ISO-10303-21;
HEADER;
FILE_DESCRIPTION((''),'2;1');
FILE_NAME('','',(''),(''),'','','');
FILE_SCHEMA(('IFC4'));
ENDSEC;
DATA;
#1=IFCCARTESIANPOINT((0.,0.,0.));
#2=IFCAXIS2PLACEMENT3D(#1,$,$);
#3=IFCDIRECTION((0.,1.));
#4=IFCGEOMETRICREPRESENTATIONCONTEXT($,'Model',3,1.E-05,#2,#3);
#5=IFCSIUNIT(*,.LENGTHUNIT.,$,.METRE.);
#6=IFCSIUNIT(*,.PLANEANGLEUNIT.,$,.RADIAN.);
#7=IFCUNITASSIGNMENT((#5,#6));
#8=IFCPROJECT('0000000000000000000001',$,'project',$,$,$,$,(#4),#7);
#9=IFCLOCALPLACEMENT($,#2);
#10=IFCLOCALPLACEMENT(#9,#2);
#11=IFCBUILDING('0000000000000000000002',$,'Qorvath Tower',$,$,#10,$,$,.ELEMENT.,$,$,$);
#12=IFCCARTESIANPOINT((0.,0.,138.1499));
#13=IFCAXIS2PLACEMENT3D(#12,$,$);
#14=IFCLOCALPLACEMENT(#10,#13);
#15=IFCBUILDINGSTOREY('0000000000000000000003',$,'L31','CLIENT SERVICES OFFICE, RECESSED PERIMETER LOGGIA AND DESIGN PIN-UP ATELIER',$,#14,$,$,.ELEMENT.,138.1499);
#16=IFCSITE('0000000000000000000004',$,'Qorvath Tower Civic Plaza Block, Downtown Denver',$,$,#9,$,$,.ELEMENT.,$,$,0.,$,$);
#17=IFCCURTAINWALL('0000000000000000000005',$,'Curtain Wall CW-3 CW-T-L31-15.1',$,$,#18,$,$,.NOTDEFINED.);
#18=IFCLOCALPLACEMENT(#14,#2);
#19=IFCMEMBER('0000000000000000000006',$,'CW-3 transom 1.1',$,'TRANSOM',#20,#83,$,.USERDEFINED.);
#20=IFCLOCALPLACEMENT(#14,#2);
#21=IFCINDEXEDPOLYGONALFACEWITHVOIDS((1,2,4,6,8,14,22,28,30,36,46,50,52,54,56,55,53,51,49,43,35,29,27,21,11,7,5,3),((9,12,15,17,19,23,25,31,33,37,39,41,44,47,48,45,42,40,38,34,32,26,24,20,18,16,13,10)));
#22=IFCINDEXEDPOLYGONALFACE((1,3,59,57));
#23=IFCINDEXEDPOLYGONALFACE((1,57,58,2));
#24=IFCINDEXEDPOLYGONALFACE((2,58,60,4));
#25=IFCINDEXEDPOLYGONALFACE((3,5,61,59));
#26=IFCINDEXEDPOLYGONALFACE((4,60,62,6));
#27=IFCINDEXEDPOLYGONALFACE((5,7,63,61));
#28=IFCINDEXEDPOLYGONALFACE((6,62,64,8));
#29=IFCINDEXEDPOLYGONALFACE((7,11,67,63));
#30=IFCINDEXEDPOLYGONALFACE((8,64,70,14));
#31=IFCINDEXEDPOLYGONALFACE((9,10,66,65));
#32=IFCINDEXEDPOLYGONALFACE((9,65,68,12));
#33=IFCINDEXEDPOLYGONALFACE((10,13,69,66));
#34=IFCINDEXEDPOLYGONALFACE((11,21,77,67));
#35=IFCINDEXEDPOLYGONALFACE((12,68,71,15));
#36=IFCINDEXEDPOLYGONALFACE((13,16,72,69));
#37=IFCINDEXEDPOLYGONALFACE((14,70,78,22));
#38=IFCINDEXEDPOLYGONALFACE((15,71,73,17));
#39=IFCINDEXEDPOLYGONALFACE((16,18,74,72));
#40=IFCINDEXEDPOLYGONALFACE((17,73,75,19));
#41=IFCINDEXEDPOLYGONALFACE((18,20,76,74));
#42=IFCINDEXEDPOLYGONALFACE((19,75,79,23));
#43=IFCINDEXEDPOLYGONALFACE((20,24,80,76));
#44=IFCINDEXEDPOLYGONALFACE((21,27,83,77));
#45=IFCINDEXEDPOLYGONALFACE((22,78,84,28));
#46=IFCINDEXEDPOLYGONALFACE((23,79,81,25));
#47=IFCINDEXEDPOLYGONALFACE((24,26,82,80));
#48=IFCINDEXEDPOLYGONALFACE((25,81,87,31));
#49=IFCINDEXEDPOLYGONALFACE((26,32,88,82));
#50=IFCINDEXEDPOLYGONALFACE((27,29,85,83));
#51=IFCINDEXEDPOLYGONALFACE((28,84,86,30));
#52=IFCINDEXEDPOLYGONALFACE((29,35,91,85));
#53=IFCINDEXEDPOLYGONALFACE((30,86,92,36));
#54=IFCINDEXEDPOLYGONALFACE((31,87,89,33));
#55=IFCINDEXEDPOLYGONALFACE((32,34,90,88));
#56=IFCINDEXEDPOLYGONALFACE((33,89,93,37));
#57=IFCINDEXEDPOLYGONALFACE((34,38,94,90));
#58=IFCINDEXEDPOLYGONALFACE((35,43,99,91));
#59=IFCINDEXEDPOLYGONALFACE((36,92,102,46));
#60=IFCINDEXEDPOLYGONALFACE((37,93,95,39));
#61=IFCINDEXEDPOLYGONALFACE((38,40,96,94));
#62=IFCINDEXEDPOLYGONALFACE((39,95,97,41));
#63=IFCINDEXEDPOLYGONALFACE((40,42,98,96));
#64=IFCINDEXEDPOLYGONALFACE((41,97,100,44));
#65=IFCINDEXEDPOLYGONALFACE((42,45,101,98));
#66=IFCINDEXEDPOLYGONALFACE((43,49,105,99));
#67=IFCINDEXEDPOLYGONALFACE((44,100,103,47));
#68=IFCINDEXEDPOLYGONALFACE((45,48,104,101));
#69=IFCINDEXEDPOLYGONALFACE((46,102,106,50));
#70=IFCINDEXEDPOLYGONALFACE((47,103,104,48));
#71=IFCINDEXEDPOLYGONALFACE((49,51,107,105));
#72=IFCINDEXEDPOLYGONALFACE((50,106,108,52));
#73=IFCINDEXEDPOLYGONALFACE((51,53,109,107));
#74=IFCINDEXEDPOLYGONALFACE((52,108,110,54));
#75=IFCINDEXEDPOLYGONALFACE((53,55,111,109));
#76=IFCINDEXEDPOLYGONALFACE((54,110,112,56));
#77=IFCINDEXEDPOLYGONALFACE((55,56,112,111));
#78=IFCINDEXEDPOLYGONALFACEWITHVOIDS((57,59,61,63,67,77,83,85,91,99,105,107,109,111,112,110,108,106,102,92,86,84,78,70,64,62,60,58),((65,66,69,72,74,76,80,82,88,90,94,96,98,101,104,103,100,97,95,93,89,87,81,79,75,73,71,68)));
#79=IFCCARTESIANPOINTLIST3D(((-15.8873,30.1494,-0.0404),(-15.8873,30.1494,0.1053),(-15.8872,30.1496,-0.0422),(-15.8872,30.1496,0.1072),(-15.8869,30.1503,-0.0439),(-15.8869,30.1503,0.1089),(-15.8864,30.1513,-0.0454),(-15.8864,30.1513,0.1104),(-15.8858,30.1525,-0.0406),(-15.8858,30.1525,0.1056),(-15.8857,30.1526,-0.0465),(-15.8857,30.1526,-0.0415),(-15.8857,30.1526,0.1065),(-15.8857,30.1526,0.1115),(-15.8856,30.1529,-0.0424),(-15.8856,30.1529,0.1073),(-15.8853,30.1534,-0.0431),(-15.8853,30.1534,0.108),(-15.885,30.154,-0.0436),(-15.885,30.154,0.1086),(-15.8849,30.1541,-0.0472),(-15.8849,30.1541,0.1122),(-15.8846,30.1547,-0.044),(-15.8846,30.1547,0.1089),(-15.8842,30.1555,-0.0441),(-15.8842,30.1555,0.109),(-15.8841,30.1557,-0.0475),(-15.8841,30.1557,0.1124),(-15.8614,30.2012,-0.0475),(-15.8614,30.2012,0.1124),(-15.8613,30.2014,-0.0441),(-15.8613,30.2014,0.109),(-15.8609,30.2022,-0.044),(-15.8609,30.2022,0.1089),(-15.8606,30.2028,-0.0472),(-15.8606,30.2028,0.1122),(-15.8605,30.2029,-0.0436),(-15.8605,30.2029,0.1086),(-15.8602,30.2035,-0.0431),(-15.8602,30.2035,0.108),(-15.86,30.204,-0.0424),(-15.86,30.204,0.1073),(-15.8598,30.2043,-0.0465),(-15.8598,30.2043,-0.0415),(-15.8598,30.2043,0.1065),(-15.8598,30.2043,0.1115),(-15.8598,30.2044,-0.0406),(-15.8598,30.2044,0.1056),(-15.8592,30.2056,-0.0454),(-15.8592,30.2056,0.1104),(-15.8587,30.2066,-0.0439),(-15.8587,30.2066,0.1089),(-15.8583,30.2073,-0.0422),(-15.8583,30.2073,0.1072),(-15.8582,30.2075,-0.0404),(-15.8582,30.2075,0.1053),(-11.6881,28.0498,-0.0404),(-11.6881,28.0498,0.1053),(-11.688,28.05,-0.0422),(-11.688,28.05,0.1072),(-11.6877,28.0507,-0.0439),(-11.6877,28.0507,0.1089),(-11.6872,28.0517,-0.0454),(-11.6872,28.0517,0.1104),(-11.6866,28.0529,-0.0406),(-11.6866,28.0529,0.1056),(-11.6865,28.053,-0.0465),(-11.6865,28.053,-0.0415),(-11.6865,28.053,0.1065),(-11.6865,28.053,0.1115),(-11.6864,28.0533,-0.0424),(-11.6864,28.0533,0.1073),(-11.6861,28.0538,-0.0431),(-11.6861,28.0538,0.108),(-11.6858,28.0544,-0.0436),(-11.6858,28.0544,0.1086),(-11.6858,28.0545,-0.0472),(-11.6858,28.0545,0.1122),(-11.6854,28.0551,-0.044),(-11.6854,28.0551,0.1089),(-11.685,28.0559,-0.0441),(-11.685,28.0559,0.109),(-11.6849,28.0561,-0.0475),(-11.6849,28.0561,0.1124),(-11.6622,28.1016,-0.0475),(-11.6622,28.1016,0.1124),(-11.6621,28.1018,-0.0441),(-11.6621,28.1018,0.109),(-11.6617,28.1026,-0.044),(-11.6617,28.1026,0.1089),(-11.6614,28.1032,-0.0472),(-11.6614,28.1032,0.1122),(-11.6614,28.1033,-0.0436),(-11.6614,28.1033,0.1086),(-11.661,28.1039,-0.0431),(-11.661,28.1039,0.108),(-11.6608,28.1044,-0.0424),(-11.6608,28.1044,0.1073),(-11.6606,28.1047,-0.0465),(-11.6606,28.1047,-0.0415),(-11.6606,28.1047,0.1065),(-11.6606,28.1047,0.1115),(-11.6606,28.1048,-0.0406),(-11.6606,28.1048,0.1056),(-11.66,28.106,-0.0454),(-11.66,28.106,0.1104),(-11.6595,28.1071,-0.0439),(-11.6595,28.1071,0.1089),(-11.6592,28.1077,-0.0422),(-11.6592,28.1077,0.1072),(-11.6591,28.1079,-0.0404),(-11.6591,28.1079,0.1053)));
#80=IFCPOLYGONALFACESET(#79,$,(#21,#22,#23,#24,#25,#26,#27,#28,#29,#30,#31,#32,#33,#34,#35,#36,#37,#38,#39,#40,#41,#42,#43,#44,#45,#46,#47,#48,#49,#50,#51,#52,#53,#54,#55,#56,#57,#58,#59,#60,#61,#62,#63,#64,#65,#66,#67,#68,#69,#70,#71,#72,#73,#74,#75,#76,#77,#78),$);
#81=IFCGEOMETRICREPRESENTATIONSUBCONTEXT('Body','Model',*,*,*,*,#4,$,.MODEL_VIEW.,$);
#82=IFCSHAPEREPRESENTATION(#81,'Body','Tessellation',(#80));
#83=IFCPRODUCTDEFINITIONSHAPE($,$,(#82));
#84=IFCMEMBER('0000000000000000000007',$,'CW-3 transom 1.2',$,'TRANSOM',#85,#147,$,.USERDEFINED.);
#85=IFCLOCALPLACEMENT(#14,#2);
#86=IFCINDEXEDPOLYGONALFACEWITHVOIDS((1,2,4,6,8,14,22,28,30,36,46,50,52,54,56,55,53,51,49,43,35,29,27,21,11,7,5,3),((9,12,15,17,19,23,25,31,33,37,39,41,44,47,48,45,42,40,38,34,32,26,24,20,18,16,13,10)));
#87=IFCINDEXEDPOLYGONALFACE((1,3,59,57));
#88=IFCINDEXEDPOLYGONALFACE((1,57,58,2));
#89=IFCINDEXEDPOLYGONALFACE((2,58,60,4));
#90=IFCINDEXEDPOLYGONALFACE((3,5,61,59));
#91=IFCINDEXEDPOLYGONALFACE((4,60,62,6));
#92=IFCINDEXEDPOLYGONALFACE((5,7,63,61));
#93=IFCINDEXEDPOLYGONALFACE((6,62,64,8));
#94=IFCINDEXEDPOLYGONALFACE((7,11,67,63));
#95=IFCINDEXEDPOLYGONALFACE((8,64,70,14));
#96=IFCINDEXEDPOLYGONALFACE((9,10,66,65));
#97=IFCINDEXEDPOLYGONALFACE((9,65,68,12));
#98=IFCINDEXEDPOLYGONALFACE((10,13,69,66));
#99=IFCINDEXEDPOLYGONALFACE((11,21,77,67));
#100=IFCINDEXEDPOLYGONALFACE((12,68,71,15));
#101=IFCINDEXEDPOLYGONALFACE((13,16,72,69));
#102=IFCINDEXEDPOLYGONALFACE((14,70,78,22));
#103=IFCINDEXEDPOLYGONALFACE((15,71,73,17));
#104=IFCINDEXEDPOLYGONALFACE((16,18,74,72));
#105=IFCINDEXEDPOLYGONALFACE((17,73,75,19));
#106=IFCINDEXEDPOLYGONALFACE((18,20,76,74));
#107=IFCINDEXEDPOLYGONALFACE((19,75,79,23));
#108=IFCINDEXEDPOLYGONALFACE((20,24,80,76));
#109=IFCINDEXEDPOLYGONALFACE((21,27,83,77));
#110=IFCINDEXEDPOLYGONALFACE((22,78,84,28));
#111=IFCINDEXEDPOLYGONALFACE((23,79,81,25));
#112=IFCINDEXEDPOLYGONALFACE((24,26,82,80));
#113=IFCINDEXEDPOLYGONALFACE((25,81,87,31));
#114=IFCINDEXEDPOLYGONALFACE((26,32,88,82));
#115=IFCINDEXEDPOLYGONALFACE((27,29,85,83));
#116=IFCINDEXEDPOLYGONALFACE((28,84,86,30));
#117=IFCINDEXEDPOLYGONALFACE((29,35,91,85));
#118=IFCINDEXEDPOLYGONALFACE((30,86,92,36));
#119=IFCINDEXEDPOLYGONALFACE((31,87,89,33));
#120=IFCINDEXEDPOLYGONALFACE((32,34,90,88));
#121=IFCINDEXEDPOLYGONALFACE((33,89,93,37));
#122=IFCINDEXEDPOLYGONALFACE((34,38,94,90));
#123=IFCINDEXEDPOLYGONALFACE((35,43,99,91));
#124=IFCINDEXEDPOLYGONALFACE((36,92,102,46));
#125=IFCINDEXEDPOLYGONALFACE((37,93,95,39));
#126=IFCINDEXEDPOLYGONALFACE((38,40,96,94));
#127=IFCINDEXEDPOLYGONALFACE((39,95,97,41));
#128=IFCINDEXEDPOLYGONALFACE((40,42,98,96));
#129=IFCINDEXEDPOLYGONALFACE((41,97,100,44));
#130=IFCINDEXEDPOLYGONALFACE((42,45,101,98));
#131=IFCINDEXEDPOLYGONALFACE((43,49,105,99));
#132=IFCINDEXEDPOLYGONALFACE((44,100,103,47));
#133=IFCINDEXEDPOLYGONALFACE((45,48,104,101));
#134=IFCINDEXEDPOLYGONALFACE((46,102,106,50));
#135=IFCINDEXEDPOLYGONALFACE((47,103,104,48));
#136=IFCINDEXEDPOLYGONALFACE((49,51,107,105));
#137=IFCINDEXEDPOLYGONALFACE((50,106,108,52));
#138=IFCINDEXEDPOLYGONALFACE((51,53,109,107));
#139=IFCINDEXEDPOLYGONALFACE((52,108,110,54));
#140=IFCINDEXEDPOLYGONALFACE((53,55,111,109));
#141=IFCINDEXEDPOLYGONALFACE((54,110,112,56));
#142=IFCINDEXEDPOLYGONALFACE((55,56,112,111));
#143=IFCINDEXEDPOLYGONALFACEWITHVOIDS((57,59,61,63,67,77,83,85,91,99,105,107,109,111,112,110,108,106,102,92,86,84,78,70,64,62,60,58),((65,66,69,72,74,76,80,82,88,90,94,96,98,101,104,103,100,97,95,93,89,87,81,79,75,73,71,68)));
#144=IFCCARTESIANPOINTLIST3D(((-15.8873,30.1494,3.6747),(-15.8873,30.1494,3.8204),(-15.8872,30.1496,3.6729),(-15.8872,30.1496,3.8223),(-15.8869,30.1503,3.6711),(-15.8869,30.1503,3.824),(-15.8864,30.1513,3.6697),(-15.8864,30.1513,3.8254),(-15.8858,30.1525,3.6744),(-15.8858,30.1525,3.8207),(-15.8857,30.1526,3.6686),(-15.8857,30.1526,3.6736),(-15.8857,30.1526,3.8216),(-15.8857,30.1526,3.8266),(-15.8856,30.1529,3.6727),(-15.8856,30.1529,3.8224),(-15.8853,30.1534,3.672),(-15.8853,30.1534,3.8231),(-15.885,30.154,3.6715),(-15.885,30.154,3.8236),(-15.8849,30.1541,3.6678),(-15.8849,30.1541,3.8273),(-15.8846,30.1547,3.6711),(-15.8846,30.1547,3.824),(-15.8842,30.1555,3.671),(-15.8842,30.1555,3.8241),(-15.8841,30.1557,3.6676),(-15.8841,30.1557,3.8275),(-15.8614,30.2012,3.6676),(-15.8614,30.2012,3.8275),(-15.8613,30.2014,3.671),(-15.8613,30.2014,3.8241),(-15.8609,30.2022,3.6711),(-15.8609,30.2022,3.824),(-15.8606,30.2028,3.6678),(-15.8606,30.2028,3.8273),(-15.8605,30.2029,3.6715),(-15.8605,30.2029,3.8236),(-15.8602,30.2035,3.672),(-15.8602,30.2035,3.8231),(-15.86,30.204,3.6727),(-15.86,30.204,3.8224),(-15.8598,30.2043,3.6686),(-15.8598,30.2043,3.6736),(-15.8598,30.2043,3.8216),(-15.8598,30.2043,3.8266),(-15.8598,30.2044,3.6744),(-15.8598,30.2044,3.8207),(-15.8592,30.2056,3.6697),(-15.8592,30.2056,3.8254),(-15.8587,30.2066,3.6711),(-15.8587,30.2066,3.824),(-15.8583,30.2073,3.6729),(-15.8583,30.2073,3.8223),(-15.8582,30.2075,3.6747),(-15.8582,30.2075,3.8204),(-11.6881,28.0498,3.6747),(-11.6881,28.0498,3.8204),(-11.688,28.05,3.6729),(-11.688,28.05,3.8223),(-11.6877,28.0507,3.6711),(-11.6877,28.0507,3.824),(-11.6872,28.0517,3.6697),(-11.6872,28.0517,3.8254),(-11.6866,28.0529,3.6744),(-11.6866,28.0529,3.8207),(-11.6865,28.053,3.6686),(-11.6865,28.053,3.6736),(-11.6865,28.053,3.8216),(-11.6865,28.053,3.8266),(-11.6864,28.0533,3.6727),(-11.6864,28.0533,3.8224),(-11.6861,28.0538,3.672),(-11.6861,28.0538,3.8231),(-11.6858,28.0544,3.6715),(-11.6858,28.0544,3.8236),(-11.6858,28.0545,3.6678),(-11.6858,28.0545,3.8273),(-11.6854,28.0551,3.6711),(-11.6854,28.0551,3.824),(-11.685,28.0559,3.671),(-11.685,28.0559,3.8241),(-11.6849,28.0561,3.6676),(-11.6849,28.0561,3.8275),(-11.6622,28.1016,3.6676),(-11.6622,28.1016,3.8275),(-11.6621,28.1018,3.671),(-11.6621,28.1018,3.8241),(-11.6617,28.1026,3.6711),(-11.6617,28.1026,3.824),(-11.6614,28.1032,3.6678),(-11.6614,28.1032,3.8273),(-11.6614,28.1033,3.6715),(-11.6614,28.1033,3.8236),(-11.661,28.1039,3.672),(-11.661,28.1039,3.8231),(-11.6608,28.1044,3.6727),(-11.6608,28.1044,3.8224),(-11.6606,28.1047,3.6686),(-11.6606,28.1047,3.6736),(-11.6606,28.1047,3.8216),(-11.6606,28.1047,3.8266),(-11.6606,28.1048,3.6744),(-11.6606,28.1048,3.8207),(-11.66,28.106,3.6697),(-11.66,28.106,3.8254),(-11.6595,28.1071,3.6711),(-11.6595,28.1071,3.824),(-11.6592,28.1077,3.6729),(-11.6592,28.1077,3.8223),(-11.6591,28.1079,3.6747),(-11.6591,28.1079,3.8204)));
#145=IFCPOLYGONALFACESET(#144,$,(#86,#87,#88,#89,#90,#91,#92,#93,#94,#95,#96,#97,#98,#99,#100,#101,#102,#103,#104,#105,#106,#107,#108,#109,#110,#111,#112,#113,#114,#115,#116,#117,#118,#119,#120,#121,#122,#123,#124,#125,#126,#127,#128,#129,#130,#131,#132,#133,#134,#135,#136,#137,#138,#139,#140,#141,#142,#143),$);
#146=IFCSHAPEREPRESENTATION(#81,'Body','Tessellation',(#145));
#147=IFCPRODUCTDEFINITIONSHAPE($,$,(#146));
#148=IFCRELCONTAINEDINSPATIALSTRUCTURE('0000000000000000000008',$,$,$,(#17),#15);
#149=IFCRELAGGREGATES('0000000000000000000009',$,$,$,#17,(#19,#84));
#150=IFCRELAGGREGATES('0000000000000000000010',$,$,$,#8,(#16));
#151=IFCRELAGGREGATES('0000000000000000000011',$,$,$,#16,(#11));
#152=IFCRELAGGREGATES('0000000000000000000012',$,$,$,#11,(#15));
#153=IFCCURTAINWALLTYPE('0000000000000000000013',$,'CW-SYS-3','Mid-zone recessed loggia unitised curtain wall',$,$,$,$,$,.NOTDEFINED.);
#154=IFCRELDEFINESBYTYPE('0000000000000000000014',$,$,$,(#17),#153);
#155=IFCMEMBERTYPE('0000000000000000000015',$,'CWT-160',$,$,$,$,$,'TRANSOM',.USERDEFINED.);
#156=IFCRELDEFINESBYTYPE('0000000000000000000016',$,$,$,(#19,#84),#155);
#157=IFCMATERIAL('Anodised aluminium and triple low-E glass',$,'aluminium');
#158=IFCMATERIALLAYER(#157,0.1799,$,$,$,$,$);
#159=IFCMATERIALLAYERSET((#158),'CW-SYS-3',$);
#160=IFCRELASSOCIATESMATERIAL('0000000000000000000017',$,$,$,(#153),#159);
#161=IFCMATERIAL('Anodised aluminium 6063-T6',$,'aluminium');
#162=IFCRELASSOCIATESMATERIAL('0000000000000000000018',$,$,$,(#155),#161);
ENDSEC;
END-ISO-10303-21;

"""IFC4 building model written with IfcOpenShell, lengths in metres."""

from ifc_helpers import new_model, si_unit, direction, frame, origin, origin_2d, place, context, subcontext, project, spatial, hollow_rectangle, extrude, material, layer, layer_set, material_profile, profile_set, type_object, element, aggregate, save


model = new_model("IFC4")

# Units and contexts
model_context = context("Model", 3, precision=1e-05, world=origin(), true_north=direction((0.0, 1.0)))
body_context = subcontext(model_context, "Body", "Model", "MODEL_VIEW")
ifc_project = project(units=[si_unit("LENGTHUNIT", "METRE"), si_unit("PLANEANGLEUNIT", "RADIAN")], contexts=[model_context])

# Site, building, storey
site_placement = place(None, origin())
site = spatial("IfcSite", under=ifc_project, at=site_placement, Name="Qorvath Tower Civic Plaza Block, Downtown Denver", CompositionType="ELEMENT", RefElevation=0.0)
building_placement = place(site_placement, origin())
building = spatial("IfcBuilding", under=site, at=building_placement, Name="Qorvath Tower", CompositionType="ELEMENT")
storey_placement = place(building_placement, frame((0.0, 0.0, 138.1499)))
storey = spatial("IfcBuildingStorey", under=building, at=storey_placement, Name="L31", Description="CLIENT SERVICES OFFICE, RECESSED PERIMETER LOGGIA AND DESIGN PIN-UP ATELIER", CompositionType="ELEMENT", Elevation=138.1499)

# Curtain wall
ifc_material_1 = material(Name="Anodised aluminium and triple low-E glass", Category="aluminium")
ifc_layer_1 = layer(ifc_material_1, 0.1799)
ifc_layer_set_1 = layer_set([ifc_layer_1], Name="CW-SYS-3")
curtain_wall_type = type_object("IfcCurtainWallType", Name="CW-SYS-3", Description="Mid-zone recessed loggia unitised curtain wall", PredefinedType="NOTDEFINED", material=ifc_layer_set_1)
curtain_wall_1_placement = place(storey_placement, origin())
curtain_wall_1 = element("IfcCurtainWall", 1, at=curtain_wall_1_placement, inside=storey, type_object=curtain_wall_type, Name="Curtain Wall CW-3 CW-T-L31-15.1", PredefinedType="NOTDEFINED")

# Members
ifc_material_2 = material(Name="Anodised aluminium 6063-T6", Category="aluminium")
ifc_material_profile_1 = material_profile(ifc_material_2, hollow_rectangle(XDim=0.0649, YDim=0.1599, WallThickness=0.0034, InnerFilletRadius=0.0034, OuterFilletRadius=0.0071, at=origin_2d()), Name="CWT 160x65")
ifc_profile_set_1 = profile_set([ifc_material_profile_1], Name="Anodised aluminium 6063-T6")
member_type_1 = type_object("IfcMemberType", Name="CWT-160", ElementType="TRANSOM", PredefinedType="USERDEFINED", material=ifc_profile_set_1)
member_1_placement = place(storey_placement, frame((-11.6736, 28.0789, 0.0325), z_axis=(-0.894427, 0.447214, 0.0), x_axis=(-0.447214, -0.894427, 0.0)))
member_1 = element("IfcMember", 2, at=member_1_placement, type_object=member_type_1, Name="CW-3 transom 1.1", ObjectType="TRANSOM", PredefinedType="USERDEFINED", context=body_context, shape_type="SweptSolid", body=[
    extrude(hollow_rectangle(XDim=0.0649, YDim=0.1599, WallThickness=0.0034, InnerFilletRadius=0.0034, OuterFilletRadius=0.0071, at=origin_2d()), origin(), (0.0, 0.0, 1.0), 4.6948),
])
member_2_placement = place(storey_placement, frame((-11.6736, 28.0789, 3.7476), z_axis=(-0.894427, 0.447214, 0.0), x_axis=(-0.447214, -0.894427, 0.0)))
member_2 = element("IfcMember", 3, at=member_2_placement, type_object=member_type_1, Name="CW-3 transom 1.2", ObjectType="TRANSOM", PredefinedType="USERDEFINED", context=body_context, shape_type="SweptSolid", body=[
    extrude(hollow_rectangle(XDim=0.0649, YDim=0.1599, WallThickness=0.0034, InnerFilletRadius=0.0034, OuterFilletRadius=0.0071, at=origin_2d()), origin(), (0.0, 0.0, 1.0), 4.6948),
])

aggregate(curtain_wall_1, [member_1, member_2])

save(model, "model.ifc")
